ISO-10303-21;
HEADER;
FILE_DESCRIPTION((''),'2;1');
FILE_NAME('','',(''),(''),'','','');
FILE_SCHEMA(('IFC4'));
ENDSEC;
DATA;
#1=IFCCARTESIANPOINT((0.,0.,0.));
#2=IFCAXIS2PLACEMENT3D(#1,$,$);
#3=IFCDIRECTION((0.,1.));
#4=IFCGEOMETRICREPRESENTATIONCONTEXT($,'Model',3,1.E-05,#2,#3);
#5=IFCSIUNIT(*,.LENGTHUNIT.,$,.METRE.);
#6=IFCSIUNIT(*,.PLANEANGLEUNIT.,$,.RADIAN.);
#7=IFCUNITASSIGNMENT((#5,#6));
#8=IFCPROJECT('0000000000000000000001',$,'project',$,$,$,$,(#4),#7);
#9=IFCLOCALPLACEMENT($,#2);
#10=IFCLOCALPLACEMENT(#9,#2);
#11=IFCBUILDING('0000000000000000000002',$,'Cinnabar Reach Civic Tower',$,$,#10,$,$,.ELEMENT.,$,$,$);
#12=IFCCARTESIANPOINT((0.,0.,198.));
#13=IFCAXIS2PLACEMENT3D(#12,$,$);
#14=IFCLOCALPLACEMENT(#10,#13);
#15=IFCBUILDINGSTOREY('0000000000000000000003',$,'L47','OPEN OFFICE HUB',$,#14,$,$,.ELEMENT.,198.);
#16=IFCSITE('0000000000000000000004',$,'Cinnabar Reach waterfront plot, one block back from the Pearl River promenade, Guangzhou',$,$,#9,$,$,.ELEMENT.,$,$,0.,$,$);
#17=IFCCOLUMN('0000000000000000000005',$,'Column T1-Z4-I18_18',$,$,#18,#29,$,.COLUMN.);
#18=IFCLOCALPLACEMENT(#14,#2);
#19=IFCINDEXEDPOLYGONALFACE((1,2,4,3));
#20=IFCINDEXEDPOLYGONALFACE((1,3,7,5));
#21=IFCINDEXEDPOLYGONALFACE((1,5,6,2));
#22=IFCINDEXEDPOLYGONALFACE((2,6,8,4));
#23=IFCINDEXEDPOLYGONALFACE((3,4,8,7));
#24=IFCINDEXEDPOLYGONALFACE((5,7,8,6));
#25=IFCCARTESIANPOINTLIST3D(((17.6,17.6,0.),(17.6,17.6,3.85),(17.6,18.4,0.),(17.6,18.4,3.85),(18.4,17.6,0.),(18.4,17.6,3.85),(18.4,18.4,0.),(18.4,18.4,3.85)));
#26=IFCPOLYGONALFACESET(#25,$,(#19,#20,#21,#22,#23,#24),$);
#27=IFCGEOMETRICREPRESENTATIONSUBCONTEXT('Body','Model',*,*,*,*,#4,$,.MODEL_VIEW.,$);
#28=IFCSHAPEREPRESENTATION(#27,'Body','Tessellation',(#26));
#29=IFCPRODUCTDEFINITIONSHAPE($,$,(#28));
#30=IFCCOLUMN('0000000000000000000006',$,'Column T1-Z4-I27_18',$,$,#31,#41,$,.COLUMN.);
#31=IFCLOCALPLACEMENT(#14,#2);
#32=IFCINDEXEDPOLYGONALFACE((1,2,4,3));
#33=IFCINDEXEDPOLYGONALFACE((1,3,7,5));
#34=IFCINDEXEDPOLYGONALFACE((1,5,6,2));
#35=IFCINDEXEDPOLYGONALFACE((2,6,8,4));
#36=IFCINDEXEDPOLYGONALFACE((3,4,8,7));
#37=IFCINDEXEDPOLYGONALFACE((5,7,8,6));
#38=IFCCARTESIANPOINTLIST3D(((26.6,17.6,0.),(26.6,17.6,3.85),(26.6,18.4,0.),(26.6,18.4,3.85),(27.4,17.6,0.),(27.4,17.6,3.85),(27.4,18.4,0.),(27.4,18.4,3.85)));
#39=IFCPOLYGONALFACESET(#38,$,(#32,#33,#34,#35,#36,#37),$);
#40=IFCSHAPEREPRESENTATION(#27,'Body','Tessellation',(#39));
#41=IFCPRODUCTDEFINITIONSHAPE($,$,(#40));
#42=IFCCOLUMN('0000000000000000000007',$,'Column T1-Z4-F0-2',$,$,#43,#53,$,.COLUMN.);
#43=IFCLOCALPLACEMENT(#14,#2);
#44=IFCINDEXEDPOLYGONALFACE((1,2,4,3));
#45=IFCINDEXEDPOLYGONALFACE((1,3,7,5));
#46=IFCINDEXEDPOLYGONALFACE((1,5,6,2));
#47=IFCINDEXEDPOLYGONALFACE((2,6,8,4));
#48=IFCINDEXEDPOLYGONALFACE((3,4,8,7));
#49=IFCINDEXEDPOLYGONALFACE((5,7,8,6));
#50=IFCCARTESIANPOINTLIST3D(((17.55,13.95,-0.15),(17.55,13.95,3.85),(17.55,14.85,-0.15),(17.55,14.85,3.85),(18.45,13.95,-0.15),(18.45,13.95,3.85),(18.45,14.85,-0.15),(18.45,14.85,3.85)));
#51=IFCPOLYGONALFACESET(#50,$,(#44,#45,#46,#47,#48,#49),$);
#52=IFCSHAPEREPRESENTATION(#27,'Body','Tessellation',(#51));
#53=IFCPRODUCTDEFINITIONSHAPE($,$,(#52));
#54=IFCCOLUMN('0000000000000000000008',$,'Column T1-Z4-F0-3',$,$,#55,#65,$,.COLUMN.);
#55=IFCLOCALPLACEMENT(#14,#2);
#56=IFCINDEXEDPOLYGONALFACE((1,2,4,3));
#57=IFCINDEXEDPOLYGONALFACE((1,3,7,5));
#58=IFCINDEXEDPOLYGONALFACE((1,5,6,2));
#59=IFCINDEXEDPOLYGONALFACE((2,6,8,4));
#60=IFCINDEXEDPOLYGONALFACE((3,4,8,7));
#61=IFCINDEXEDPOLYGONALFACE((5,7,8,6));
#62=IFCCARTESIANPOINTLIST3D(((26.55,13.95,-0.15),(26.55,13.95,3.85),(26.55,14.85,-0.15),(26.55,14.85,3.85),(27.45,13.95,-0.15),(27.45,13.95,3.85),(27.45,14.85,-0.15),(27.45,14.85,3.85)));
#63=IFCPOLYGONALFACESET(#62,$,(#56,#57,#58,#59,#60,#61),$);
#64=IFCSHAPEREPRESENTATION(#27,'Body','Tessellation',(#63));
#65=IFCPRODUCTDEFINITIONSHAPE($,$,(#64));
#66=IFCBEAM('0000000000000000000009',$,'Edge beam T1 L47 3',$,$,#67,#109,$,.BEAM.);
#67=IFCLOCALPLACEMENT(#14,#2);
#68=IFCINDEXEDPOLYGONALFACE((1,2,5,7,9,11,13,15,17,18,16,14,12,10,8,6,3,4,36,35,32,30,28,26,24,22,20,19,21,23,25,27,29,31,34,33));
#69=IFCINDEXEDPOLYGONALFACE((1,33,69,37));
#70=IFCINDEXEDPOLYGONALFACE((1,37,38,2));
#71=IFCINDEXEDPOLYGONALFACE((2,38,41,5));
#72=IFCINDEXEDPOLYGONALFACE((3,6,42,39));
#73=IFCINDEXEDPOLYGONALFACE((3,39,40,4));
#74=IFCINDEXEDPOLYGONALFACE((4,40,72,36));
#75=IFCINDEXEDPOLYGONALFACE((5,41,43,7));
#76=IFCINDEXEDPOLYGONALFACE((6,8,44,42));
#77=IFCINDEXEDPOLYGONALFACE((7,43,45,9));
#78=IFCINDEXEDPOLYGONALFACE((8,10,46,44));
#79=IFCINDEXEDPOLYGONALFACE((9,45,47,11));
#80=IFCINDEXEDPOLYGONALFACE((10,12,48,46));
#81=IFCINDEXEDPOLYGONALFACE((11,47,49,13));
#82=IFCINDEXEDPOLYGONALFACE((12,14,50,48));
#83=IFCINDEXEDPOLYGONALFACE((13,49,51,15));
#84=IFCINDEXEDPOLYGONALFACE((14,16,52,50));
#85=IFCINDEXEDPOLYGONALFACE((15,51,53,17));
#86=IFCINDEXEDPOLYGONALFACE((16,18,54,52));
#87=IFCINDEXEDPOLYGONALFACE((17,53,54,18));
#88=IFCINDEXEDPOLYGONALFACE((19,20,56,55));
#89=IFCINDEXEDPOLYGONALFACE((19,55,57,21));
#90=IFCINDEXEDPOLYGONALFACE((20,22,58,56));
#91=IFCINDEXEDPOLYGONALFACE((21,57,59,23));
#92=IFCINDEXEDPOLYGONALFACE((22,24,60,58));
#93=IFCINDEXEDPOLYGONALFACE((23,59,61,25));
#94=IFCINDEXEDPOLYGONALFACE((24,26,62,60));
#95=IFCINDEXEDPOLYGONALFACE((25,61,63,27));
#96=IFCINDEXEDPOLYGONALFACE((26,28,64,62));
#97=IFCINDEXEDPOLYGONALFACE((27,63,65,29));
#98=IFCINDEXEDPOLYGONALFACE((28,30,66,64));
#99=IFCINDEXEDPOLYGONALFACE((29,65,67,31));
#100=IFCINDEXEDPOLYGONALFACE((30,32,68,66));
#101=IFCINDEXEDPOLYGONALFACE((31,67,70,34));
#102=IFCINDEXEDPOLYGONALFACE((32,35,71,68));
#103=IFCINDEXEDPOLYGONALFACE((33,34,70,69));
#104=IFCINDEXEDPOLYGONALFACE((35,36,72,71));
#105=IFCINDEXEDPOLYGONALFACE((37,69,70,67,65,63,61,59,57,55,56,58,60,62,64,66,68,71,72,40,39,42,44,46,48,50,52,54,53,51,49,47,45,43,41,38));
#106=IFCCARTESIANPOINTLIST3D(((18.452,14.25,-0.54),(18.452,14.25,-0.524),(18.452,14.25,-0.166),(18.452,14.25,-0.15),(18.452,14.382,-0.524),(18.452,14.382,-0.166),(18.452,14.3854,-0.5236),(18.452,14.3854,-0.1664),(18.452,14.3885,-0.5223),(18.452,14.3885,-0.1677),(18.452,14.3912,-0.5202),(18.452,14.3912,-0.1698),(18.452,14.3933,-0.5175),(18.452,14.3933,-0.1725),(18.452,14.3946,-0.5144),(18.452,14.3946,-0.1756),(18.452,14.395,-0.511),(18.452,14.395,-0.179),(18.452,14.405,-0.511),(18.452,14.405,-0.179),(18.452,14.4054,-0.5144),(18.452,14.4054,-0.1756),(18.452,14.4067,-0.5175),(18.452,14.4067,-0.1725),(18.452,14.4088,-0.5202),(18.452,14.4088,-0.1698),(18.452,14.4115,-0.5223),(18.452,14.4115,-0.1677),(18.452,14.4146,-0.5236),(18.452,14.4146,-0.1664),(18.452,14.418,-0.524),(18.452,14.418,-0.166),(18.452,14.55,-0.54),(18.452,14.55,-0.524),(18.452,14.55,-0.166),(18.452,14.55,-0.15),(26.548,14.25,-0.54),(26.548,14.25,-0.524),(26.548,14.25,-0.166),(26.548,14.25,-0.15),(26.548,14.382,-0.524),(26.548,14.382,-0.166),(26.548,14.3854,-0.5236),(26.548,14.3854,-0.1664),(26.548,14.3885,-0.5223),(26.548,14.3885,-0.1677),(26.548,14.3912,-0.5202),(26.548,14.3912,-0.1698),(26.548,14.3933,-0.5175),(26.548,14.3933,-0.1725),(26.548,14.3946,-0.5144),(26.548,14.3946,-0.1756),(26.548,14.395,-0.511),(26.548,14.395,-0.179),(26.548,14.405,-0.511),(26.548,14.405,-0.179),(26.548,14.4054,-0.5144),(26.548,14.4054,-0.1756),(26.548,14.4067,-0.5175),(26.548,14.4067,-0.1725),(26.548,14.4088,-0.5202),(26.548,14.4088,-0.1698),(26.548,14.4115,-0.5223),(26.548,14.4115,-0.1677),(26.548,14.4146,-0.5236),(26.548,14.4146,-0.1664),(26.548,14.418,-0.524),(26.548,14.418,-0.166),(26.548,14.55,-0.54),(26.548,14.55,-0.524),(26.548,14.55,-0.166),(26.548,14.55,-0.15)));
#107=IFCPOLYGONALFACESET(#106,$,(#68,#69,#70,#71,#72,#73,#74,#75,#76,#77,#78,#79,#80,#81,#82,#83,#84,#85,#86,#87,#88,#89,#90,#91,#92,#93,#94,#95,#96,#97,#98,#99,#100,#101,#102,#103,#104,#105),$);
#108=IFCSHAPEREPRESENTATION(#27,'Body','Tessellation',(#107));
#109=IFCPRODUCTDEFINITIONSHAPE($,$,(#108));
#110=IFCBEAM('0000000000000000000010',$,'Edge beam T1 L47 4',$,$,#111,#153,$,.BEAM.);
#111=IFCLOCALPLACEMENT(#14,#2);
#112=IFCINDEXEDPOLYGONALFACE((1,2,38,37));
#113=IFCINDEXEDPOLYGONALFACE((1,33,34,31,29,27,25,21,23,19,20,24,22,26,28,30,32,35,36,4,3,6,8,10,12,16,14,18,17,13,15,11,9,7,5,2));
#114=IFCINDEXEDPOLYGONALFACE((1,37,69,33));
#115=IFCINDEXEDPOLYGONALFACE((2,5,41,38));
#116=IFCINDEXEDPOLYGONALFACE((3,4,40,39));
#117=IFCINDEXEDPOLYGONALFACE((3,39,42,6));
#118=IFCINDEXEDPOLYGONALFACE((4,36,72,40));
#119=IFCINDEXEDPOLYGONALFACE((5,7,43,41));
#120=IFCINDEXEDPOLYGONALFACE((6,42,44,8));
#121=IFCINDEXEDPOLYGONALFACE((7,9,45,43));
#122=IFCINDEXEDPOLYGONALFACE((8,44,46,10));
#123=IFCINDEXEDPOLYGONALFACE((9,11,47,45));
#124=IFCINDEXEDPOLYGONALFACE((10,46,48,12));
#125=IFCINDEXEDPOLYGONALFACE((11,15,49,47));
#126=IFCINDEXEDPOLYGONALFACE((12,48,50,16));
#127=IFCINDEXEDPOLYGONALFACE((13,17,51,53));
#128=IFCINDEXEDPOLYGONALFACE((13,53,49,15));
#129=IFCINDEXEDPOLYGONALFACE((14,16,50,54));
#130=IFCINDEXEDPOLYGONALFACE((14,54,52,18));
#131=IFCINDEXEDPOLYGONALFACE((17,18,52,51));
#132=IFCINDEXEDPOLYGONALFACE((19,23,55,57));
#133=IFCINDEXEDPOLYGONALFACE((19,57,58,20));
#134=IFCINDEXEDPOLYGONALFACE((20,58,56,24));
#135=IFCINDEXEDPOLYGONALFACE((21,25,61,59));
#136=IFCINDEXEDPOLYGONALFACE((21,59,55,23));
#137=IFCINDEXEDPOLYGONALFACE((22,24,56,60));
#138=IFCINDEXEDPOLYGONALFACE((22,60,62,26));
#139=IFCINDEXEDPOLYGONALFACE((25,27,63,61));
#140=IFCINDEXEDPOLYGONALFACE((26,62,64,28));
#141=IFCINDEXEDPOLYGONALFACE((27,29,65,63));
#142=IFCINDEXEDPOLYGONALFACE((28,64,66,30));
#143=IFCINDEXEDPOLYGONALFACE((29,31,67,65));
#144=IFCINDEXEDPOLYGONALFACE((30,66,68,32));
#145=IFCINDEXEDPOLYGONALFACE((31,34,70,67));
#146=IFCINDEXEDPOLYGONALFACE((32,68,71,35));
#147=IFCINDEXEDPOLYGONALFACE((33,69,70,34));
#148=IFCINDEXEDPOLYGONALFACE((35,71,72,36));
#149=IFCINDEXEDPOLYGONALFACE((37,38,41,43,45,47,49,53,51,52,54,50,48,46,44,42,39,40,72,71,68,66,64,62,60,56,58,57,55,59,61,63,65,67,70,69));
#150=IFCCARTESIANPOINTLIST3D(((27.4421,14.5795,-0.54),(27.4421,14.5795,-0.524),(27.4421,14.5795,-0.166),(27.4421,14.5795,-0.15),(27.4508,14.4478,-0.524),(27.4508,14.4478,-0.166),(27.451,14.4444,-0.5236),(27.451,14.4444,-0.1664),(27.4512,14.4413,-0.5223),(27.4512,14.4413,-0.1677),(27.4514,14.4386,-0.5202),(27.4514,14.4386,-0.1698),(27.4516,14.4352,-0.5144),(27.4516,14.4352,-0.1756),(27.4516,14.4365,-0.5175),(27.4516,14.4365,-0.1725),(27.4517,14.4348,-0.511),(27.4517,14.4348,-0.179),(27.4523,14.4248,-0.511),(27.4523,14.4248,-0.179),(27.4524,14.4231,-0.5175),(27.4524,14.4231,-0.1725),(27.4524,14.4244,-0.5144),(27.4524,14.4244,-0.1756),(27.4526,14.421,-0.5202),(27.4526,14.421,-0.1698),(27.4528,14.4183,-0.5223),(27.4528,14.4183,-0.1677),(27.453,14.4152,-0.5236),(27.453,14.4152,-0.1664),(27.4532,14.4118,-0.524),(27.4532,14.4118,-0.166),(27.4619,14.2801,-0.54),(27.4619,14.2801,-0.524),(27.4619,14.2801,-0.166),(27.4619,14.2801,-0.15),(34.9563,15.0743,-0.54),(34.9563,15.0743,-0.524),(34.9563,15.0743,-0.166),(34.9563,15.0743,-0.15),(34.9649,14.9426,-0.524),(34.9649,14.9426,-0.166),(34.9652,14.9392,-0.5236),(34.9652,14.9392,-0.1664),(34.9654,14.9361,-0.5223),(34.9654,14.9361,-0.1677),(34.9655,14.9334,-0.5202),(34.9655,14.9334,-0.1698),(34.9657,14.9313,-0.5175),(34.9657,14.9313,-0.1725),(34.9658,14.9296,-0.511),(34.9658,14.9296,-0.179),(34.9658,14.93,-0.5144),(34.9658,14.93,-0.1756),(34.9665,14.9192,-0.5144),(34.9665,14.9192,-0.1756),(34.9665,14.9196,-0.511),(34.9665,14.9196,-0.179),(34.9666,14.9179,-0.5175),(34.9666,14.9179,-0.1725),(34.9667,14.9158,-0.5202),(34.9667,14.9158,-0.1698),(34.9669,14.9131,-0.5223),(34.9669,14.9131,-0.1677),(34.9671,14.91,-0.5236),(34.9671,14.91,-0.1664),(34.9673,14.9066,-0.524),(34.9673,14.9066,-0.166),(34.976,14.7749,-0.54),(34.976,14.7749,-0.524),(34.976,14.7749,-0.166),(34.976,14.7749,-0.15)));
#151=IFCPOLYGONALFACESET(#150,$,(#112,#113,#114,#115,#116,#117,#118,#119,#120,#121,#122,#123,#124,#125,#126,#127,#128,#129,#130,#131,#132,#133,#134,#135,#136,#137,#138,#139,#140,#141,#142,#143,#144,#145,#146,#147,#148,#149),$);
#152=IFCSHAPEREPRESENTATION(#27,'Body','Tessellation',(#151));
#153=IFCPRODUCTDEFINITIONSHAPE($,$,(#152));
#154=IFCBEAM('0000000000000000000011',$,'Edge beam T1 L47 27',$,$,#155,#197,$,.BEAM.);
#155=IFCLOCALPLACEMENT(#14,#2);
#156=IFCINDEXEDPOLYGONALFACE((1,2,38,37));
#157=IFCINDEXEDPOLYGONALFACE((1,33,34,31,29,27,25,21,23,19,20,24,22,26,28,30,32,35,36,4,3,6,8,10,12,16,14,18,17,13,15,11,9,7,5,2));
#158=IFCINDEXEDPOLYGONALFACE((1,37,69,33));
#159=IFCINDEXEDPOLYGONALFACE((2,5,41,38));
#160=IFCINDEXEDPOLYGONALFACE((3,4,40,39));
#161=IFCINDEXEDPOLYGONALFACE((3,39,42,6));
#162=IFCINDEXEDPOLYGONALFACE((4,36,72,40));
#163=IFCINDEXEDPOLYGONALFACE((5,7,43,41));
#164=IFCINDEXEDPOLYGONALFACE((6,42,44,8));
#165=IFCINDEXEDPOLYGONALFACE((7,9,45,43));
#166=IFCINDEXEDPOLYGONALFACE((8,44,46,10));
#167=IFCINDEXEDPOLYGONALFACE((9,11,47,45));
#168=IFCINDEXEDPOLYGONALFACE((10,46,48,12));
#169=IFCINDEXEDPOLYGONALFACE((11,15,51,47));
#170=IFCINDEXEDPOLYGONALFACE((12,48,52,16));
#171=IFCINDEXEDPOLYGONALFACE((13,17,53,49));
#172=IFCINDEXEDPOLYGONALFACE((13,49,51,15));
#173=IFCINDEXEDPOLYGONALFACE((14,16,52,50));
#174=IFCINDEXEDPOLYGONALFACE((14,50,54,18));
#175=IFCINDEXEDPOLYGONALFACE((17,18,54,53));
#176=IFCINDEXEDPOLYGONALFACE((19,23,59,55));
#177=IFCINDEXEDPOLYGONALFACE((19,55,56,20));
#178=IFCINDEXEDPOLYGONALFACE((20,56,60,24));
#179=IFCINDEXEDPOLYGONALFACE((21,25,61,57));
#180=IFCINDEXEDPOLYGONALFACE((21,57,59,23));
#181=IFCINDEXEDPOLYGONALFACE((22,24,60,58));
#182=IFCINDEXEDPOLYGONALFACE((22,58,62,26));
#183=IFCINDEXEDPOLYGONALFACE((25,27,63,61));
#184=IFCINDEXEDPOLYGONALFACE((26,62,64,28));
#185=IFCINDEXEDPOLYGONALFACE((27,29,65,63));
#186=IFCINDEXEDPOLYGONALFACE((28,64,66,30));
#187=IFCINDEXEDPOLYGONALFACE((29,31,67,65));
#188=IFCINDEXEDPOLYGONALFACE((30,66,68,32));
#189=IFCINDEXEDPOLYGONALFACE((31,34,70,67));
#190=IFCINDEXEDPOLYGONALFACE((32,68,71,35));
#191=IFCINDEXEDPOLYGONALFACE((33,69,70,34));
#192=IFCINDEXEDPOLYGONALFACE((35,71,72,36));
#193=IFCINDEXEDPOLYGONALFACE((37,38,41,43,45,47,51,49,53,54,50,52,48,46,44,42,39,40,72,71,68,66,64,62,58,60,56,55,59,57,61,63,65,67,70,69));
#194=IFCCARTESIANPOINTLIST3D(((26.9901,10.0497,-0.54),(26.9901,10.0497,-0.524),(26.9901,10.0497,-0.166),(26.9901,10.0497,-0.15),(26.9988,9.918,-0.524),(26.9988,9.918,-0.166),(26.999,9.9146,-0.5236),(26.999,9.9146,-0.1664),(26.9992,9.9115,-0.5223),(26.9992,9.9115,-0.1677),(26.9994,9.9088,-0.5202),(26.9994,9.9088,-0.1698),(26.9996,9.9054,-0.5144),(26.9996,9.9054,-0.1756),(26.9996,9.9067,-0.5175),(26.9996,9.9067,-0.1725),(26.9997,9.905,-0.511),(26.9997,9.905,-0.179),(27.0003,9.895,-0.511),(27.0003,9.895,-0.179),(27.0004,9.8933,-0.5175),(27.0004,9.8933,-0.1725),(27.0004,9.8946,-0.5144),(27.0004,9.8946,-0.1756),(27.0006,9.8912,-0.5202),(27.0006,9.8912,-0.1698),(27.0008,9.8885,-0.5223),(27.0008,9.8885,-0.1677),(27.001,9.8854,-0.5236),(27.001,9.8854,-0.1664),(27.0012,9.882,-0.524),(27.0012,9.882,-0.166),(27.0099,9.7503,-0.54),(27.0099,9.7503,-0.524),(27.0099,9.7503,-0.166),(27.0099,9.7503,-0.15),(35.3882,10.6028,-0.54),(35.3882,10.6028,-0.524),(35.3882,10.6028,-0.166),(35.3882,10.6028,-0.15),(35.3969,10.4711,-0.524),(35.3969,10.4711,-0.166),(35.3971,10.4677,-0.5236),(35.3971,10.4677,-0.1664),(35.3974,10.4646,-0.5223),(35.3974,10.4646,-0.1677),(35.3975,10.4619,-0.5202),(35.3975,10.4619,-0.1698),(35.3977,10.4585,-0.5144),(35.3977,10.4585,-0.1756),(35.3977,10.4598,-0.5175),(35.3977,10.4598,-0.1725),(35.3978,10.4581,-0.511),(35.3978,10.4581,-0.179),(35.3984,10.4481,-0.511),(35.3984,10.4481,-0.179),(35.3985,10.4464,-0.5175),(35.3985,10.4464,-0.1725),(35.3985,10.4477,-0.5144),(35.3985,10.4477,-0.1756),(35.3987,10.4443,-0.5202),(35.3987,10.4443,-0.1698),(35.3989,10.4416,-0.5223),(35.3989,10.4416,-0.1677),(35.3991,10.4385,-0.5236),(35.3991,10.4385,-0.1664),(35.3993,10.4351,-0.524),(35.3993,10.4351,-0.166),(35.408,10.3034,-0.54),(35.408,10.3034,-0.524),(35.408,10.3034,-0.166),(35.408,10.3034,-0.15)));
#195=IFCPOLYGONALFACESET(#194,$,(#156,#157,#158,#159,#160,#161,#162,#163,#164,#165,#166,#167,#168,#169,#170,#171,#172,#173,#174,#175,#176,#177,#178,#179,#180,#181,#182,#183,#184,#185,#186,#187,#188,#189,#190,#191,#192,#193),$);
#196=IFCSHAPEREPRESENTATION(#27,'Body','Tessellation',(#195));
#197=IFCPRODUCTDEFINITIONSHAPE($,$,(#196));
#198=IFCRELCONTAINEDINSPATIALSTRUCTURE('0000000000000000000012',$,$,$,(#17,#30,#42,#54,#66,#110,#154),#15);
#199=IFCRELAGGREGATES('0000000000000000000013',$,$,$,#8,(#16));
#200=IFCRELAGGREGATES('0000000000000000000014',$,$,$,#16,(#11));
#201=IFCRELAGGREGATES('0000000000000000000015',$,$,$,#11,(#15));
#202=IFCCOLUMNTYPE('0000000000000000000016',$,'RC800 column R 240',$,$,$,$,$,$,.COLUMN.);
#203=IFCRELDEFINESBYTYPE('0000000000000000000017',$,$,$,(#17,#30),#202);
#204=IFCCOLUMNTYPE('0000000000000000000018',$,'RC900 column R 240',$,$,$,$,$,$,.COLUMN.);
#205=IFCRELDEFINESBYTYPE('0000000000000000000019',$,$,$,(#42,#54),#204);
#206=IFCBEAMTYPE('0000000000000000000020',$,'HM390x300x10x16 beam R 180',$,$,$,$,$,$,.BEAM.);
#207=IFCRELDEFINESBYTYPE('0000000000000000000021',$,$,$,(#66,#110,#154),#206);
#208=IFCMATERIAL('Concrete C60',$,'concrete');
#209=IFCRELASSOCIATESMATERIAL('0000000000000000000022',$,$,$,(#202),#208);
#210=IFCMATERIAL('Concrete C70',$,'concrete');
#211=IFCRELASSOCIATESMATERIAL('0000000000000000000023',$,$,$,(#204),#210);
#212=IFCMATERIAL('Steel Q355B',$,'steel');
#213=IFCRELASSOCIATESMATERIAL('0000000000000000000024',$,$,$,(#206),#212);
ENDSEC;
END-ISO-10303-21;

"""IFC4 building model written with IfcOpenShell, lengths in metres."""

from ifc_helpers import new_model, si_unit, direction, frame, origin, origin_2d, place, context, subcontext, project, spatial, rectangle, i_section, extrude, material, material_profile, profile_set, type_object, element, save


model = new_model("IFC4")

# Units and contexts
model_context = context("Model", 3, precision=1e-05, world=origin(), true_north=direction((0.0, 1.0)))
body_context = subcontext(model_context, "Body", "Model", "MODEL_VIEW")
ifc_project = project(units=[si_unit("LENGTHUNIT", "METRE"), si_unit("PLANEANGLEUNIT", "RADIAN")], contexts=[model_context])

# Site, building, storey
site_placement = place(None, origin())
site = spatial("IfcSite", under=ifc_project, at=site_placement, Name="Cinnabar Reach waterfront plot, one block back from the Pearl River promenade, Guangzhou", CompositionType="ELEMENT", RefElevation=0.0)
building_placement = place(site_placement, origin())
building = spatial("IfcBuilding", under=site, at=building_placement, Name="Cinnabar Reach Civic Tower", CompositionType="ELEMENT")
storey_placement = place(building_placement, frame((0.0, 0.0, 198.0)))
storey = spatial("IfcBuildingStorey", under=building, at=storey_placement, Name="L47", Description="OPEN OFFICE HUB", CompositionType="ELEMENT", Elevation=198.0)

# Columns
ifc_material_1 = material(Name="Concrete C60", Category="concrete")
ifc_material_profile_1 = material_profile(ifc_material_1, rectangle(XDim=0.8, YDim=0.8, at=origin_2d()), Name="RC800")
ifc_profile_set_1 = profile_set([ifc_material_profile_1], Name="Concrete C60")
column_type_1 = type_object("IfcColumnType", Name="RC800 column R 240", PredefinedType="COLUMN", material=ifc_profile_set_1)
for number, where, z_axis, x_axis, name in (
    (1, (18.0, 18.0, 0.0), (0.0, 0.0, 1.0), (1.0, 0.0, 0.0), "Column T1-Z4-I18_18"),
    (2, (27.0, 18.0, 0.0), (0.0, 0.0, 1.0), (1.0, 0.0, 0.0), "Column T1-Z4-I27_18"),
):
    element("IfcColumn", number, at=place(storey_placement, frame(where, z_axis=z_axis, x_axis=x_axis)), inside=storey, type_object=column_type_1, Name=name, PredefinedType="COLUMN", context=body_context, shape_type="SweptSolid", body=[
        extrude(rectangle(XDim=0.8, YDim=0.8, at=origin_2d()), origin(), (0.0, 0.0, 1.0), 3.85),
    ])
ifc_material_2 = material(Name="Concrete C70", Category="concrete")
ifc_material_profile_2 = material_profile(ifc_material_2, rectangle(XDim=0.9, YDim=0.9, at=origin_2d()), Name="RC900")
ifc_profile_set_2 = profile_set([ifc_material_profile_2], Name="Concrete C70")
column_type_2 = type_object("IfcColumnType", Name="RC900 column R 240", PredefinedType="COLUMN", material=ifc_profile_set_2)
for number, where, z_axis, x_axis, name in (
    (3, (18.0, 14.4, -0.15), (0.0, 0.0, 1.0), (1.0, 0.0, 0.0), "Column T1-Z4-F0-2"),
    (4, (27.0, 14.4, -0.15), (0.0, 0.0, 1.0), (1.0, 0.0, 0.0), "Column T1-Z4-F0-3"),
):
    element("IfcColumn", number, at=place(storey_placement, frame(where, z_axis=z_axis, x_axis=x_axis)), inside=storey, type_object=column_type_2, Name=name, PredefinedType="COLUMN", context=body_context, shape_type="SweptSolid", body=[
        extrude(rectangle(XDim=0.9, YDim=0.9, at=origin_2d()), origin(), (0.0, 0.0, 1.0), 4.0),
    ])

# Beams
ifc_material_3 = material(Name="Steel Q355B", Category="steel")
ifc_material_profile_3 = material_profile(ifc_material_3, i_section(OverallWidth=0.3, OverallDepth=0.39, WebThickness=0.01, FlangeThickness=0.016, FilletRadius=0.013, at=origin_2d()), Name="HM390x300x10x16")
ifc_profile_set_3 = profile_set([ifc_material_profile_3], Name="Steel Q355B")
beam_type_1 = type_object("IfcBeamType", Name="HM390x300x10x16 beam R 180", PredefinedType="BEAM", material=ifc_profile_set_3)
beam_1_placement = place(storey_placement, frame((18.452, 14.4, -0.345), z_axis=(1.0, 0.0, 0.0), x_axis=(0.0, 1.0, 0.0)))
element("IfcBeam", 5, at=beam_1_placement, inside=storey, type_object=beam_type_1, Name="Edge beam T1 L47 3", PredefinedType="BEAM", context=body_context, shape_type="SweptSolid", body=[
    extrude(i_section(OverallWidth=0.3, OverallDepth=0.39, WebThickness=0.01, FlangeThickness=0.016, FilletRadius=0.013, at=origin_2d()), origin(), (0.0, 0.0, 1.0), 8.096),
])
beam_2_placement = place(storey_placement, frame((27.452, 14.4298, -0.345), z_axis=(0.997839, 0.065707, 0.0), x_axis=(-0.065707, 0.997839, 0.0)))
element("IfcBeam", 6, at=beam_2_placement, inside=storey, type_object=beam_type_1, Name="Edge beam T1 L47 4", PredefinedType="BEAM", context=body_context, shape_type="SweptSolid", body=[
    extrude(i_section(OverallWidth=0.3, OverallDepth=0.39, WebThickness=0.01, FlangeThickness=0.016, FilletRadius=0.013, at=origin_2d()), origin(), (0.0, 0.0, 1.0), 7.5304),
])
beam_3_placement = place(storey_placement, frame((27.0, 9.9, -0.345), z_axis=(0.997838, 0.065718, 0.0), x_axis=(-0.065718, 0.997838, 0.0)))
element("IfcBeam", 7, at=beam_3_placement, inside=storey, type_object=beam_type_1, Name="Edge beam T1 L47 27", PredefinedType="BEAM", context=body_context, shape_type="SweptSolid", body=[
    extrude(i_section(OverallWidth=0.3, OverallDepth=0.39, WebThickness=0.01, FlangeThickness=0.016, FilletRadius=0.013, at=origin_2d()), origin(), (0.0, 0.0, 1.0), 8.4163),
])

save(model, "model.ifc")
